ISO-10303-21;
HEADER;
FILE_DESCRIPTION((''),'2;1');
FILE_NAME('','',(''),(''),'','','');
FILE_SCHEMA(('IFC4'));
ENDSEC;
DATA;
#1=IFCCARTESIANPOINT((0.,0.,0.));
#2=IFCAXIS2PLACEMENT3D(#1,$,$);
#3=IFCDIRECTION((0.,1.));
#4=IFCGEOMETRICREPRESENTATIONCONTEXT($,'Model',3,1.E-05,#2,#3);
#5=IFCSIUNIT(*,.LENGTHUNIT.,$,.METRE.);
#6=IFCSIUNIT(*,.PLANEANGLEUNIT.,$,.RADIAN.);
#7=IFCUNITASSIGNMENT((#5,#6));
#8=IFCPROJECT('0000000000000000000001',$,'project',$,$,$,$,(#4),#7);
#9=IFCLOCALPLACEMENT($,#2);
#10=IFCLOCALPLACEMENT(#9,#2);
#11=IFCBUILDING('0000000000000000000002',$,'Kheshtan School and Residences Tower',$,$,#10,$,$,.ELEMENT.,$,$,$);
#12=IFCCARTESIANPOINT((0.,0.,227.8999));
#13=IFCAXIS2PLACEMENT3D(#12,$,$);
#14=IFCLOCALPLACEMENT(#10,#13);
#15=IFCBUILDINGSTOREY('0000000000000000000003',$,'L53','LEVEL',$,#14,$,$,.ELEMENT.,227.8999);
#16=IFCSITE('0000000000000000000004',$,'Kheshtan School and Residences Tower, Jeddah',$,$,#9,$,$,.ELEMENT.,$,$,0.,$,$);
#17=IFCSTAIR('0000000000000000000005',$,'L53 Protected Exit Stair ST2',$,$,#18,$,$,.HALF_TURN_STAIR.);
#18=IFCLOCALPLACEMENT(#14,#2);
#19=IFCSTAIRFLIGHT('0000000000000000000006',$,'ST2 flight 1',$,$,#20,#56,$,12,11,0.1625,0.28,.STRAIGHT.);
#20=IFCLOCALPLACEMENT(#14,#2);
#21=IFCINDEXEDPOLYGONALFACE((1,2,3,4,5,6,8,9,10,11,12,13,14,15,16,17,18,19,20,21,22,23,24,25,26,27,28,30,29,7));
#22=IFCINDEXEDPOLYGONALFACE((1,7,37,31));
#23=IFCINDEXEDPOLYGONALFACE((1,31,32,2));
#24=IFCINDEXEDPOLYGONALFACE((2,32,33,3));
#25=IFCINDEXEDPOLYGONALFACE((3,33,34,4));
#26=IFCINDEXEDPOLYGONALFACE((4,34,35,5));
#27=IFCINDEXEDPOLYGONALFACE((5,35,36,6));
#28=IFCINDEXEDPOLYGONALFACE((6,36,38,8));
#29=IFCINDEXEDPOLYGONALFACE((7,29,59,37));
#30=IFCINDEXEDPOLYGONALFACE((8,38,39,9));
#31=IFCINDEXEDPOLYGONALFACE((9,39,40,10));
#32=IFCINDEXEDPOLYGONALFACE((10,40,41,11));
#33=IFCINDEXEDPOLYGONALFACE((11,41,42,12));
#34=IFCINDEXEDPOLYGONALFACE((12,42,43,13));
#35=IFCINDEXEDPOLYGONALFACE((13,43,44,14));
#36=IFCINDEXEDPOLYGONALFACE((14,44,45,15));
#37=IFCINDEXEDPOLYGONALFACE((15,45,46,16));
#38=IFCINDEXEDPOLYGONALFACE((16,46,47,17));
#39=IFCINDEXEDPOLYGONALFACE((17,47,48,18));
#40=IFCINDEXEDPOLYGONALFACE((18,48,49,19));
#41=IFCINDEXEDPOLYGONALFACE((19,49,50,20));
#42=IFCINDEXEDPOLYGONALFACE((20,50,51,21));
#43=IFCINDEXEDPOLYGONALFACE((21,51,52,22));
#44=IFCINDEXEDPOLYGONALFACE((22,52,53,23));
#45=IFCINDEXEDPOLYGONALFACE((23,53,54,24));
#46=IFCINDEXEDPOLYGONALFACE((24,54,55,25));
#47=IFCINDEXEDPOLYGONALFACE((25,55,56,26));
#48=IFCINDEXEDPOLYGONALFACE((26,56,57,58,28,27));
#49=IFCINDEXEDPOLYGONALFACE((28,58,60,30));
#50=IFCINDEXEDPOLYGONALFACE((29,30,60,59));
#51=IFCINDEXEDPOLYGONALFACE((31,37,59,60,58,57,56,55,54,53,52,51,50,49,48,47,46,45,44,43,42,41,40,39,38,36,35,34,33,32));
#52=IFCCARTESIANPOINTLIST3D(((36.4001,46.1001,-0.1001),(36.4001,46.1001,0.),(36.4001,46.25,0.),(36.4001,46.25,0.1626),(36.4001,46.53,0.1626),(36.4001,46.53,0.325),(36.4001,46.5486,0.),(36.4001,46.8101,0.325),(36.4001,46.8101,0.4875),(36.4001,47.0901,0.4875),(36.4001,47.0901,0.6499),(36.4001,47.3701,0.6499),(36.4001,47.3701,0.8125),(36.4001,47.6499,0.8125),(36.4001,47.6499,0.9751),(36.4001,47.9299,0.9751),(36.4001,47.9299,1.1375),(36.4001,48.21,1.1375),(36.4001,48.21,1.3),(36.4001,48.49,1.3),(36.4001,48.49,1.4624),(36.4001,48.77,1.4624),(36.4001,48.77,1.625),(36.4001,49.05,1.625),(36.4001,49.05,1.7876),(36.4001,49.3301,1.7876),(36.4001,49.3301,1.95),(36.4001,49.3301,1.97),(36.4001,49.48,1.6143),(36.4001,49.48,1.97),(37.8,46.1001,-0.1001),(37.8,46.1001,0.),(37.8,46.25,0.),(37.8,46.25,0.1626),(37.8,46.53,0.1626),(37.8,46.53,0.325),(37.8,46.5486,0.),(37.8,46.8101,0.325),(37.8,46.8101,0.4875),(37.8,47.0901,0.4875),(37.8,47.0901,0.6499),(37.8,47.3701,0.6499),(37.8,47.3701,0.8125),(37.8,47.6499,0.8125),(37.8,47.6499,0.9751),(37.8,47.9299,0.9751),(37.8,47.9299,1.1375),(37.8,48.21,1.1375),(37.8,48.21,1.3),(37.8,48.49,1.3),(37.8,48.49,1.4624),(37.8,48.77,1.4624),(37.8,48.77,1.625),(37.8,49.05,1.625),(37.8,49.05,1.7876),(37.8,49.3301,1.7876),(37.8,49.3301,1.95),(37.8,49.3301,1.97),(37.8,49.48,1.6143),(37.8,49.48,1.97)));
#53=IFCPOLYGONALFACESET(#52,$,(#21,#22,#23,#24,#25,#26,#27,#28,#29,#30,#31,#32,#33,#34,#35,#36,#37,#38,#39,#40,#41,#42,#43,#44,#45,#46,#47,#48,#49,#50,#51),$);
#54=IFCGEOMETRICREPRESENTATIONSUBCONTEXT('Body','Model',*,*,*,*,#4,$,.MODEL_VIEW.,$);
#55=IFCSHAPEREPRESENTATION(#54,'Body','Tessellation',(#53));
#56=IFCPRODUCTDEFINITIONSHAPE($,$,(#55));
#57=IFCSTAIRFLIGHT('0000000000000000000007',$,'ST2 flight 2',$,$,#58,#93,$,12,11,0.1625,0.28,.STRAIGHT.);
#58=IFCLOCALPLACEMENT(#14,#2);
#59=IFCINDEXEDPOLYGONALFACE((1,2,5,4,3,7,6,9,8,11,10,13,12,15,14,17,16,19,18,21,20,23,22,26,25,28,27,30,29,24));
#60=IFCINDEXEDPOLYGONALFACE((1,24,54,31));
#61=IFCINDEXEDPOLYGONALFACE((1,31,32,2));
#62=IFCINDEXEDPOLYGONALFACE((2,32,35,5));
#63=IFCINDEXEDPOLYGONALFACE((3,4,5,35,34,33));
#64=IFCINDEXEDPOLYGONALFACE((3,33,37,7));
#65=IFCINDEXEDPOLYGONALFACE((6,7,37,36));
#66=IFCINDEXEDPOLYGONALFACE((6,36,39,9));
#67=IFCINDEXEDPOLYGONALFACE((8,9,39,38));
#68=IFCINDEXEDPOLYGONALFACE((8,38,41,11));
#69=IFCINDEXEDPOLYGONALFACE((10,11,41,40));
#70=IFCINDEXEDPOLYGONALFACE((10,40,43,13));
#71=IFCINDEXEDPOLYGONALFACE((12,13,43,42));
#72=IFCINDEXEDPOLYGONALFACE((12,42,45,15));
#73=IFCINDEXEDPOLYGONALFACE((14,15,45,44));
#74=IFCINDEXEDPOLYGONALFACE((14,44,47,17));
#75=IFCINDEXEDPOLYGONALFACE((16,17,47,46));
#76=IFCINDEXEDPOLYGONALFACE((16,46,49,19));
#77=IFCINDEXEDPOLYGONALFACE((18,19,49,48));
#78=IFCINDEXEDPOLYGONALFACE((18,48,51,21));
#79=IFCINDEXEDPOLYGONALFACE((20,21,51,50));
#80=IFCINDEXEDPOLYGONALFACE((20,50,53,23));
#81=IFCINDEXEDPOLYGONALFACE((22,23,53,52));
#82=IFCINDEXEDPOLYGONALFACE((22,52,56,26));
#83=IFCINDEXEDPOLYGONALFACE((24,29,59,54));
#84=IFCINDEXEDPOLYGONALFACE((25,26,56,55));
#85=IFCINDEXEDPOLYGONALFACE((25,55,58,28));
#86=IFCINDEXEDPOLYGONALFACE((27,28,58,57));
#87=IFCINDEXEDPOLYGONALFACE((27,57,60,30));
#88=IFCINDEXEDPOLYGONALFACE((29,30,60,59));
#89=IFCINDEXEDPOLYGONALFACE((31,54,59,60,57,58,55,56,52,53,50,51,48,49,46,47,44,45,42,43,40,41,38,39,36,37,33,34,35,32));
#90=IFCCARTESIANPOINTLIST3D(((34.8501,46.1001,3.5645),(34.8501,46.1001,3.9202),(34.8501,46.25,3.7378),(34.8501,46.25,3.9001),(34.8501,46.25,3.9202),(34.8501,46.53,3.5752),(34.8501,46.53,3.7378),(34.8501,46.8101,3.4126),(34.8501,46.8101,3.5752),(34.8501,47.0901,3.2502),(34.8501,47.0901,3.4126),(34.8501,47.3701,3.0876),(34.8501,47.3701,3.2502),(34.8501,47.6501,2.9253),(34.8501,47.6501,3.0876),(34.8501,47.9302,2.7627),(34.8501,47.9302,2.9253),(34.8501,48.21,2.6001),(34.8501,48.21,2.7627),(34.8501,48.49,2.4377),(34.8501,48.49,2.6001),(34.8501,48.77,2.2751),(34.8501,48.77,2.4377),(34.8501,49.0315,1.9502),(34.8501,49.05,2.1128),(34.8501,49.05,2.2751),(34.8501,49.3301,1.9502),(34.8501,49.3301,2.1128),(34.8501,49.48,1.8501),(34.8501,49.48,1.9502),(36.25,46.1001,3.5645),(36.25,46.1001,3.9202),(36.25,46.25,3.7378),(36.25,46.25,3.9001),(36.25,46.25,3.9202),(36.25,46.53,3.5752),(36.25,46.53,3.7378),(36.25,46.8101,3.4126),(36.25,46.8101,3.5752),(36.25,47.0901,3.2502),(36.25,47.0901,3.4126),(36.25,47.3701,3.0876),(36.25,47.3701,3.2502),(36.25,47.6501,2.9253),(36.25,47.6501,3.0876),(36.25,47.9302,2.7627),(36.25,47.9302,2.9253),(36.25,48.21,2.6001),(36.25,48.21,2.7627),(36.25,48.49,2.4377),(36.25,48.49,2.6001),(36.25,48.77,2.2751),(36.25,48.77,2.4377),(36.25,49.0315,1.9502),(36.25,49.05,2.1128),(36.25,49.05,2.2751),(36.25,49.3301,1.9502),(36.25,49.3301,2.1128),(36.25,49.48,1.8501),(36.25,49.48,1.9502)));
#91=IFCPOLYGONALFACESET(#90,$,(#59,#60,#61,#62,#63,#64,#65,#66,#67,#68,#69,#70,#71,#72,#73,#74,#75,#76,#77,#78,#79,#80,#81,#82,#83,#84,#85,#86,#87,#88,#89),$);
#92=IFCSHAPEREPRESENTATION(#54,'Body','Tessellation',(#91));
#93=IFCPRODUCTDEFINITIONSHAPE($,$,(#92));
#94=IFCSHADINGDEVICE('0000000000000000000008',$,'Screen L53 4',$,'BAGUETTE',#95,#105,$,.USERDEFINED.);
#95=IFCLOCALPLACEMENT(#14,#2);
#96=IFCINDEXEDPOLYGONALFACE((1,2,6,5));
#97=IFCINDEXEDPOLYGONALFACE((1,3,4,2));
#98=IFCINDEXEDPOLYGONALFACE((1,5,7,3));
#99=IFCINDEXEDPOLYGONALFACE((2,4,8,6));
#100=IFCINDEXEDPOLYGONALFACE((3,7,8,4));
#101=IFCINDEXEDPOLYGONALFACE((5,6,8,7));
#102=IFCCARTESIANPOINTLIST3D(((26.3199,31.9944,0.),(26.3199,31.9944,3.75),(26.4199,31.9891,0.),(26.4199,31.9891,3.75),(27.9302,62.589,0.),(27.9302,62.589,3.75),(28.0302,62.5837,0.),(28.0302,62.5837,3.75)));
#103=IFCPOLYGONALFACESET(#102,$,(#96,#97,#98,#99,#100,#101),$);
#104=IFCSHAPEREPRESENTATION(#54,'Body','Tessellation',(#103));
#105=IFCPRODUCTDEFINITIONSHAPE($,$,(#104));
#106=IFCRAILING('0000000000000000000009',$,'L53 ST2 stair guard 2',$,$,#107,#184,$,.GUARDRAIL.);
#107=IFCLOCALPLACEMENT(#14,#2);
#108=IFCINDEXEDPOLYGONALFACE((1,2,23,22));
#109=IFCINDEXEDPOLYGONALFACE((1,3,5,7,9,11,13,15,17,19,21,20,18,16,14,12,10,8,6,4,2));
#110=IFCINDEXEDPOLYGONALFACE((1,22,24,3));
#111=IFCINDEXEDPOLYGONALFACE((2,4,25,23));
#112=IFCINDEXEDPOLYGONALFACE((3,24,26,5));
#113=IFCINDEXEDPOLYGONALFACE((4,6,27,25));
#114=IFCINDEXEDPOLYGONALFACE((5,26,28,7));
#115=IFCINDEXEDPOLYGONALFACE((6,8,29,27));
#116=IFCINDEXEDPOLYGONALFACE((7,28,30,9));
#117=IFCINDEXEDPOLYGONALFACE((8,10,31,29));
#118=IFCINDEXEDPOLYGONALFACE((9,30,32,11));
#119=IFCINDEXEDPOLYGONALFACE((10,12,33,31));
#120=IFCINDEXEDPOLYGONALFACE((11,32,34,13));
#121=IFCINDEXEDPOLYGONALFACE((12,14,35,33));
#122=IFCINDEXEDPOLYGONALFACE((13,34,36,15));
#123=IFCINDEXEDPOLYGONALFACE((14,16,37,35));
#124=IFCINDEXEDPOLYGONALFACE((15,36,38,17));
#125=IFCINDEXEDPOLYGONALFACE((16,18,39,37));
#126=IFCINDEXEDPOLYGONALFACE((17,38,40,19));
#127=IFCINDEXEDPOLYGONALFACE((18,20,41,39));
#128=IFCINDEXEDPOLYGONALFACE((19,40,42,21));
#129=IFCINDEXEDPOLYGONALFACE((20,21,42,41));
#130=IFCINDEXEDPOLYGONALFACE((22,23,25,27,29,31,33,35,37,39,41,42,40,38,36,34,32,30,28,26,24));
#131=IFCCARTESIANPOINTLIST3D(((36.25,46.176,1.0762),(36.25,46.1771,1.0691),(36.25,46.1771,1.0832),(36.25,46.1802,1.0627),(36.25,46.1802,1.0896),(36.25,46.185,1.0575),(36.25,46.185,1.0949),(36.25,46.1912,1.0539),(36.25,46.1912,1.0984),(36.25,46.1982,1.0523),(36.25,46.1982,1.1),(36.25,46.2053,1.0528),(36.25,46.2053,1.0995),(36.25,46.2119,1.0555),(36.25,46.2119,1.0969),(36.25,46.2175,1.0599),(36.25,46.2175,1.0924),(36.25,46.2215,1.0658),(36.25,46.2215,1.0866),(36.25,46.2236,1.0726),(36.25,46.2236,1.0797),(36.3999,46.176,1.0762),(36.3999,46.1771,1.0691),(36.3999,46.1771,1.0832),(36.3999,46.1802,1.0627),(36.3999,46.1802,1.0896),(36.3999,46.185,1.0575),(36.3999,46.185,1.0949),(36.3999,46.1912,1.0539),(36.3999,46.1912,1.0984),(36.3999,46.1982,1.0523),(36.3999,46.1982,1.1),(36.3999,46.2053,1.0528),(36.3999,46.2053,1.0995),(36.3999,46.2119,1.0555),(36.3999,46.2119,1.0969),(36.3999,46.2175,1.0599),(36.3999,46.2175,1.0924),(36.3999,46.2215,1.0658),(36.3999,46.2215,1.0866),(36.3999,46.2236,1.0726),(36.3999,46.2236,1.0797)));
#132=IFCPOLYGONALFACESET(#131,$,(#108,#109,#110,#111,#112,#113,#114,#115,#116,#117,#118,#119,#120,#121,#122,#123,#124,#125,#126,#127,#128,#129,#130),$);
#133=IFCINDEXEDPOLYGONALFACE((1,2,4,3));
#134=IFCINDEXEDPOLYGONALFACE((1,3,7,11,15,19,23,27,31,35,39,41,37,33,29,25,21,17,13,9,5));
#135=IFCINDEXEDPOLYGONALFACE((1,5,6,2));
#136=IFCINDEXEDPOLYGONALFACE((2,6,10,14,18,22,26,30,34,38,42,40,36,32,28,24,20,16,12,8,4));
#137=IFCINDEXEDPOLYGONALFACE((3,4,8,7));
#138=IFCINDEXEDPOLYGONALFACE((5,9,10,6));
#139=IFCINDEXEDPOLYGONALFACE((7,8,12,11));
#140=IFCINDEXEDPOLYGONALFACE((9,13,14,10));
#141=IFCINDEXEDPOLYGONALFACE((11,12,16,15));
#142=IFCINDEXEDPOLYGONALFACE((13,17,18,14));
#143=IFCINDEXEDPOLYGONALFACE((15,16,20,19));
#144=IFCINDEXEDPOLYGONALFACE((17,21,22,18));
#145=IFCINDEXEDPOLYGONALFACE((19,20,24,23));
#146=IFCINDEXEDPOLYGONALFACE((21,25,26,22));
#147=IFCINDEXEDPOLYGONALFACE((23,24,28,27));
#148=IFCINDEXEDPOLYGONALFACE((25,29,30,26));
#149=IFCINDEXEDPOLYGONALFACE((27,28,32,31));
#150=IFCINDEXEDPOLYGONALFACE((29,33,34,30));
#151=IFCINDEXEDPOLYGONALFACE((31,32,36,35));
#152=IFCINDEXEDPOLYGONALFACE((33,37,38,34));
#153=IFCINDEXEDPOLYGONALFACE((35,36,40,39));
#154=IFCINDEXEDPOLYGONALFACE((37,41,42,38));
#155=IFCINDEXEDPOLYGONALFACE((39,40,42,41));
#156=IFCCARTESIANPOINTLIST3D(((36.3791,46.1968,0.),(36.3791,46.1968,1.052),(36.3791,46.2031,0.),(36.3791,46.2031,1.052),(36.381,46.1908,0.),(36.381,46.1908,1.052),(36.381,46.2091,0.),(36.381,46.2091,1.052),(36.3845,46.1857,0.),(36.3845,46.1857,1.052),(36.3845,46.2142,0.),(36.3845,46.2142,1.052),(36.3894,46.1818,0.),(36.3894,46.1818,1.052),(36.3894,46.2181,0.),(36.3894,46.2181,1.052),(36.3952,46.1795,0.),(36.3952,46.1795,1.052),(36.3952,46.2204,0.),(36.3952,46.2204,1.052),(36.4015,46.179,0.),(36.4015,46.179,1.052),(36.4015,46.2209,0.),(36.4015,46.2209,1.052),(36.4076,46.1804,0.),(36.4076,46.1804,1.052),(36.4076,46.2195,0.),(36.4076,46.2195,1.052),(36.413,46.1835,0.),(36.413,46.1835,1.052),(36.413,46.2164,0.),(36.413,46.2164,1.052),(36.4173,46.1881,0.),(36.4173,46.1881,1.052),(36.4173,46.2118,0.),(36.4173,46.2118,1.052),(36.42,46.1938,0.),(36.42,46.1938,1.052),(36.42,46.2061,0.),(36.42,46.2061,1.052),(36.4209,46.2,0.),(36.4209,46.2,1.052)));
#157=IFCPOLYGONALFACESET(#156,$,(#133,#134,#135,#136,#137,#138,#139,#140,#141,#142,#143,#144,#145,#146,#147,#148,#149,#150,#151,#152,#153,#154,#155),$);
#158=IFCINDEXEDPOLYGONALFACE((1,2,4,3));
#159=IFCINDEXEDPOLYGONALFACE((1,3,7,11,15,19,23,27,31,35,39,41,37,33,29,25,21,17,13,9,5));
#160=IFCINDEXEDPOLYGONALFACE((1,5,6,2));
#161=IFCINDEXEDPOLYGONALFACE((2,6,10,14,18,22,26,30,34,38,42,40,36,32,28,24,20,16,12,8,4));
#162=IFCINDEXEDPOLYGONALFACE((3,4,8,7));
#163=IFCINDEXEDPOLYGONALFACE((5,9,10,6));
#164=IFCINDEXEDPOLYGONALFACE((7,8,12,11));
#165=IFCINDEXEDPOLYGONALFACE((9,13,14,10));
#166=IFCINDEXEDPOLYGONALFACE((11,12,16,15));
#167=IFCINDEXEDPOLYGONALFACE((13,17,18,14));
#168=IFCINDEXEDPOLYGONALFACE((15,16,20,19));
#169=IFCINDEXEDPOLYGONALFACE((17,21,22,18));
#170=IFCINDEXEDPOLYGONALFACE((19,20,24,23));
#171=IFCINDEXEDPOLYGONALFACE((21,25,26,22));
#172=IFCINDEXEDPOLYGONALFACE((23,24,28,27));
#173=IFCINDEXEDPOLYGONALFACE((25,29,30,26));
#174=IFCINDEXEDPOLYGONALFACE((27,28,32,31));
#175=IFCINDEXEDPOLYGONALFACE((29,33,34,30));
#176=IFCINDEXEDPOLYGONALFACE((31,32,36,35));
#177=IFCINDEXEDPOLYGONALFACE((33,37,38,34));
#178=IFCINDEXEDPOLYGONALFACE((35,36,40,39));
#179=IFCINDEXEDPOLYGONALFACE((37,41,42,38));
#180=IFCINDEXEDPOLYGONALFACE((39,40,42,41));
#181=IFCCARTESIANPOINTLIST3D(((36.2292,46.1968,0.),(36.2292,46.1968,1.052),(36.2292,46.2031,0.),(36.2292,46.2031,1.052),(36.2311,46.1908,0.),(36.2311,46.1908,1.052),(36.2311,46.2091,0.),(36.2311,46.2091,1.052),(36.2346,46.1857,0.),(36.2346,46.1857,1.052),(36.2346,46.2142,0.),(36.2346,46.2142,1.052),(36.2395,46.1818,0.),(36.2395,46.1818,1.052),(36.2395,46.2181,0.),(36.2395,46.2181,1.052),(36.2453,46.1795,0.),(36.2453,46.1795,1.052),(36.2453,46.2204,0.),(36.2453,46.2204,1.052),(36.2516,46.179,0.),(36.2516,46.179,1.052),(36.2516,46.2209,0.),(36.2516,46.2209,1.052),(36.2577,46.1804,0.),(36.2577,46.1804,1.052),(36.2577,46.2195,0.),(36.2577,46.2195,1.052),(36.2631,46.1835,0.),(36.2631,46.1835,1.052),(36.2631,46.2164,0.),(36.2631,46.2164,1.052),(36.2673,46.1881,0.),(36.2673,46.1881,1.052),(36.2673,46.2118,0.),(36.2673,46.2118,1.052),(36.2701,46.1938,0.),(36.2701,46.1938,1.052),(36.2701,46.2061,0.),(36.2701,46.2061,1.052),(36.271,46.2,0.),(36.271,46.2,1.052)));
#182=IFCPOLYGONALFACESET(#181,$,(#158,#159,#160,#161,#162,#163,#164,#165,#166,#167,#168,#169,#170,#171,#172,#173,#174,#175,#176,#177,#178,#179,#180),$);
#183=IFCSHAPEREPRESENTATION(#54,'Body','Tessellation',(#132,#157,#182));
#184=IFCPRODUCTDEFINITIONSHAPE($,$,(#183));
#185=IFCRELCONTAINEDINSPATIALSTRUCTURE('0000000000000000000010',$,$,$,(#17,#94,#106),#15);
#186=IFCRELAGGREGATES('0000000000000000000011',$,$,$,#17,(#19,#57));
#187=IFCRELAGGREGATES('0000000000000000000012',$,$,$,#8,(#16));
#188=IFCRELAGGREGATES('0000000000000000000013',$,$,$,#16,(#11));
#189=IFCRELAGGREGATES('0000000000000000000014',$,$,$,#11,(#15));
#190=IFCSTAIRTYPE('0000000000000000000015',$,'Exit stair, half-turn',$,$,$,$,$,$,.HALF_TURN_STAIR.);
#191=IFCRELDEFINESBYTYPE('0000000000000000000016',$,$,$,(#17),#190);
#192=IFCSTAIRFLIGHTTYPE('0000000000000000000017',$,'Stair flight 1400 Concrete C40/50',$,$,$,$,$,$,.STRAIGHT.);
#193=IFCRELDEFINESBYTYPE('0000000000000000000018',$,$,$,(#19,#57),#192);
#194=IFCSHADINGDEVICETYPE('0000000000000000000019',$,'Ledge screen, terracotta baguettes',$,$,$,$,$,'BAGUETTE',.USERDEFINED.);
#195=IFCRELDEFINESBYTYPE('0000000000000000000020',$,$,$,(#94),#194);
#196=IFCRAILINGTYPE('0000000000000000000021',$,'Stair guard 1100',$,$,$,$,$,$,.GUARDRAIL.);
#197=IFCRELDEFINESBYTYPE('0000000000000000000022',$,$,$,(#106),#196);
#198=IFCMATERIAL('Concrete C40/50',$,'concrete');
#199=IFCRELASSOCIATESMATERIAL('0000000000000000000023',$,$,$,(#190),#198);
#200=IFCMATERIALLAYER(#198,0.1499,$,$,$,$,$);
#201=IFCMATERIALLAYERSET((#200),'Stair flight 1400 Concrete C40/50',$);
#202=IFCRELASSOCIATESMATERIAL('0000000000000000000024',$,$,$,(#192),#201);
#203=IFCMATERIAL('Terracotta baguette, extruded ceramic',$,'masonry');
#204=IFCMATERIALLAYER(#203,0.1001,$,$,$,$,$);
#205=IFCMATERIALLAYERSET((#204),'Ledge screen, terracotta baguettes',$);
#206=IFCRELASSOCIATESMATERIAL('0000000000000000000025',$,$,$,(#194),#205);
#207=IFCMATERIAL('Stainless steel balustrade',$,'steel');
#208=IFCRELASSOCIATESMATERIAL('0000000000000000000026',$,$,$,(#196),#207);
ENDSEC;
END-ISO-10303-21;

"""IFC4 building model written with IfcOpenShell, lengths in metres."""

from ifc_helpers import new_model, si_unit, direction, frame, origin, origin_2d, place, context, subcontext, project, spatial, polyline, rectangle, circle, outline, extrude, material, layer, layer_set, type_object, element, aggregate, save


model = new_model("IFC4")

# Units and contexts
model_context = context("Model", 3, precision=1e-05, world=origin(), true_north=direction((0.0, 1.0)))
body_context = subcontext(model_context, "Body", "Model", "MODEL_VIEW")
ifc_project = project(units=[si_unit("LENGTHUNIT", "METRE"), si_unit("PLANEANGLEUNIT", "RADIAN")], contexts=[model_context])

# Site, building, storey
site_placement = place(None, origin())
site = spatial("IfcSite", under=ifc_project, at=site_placement, Name="Kheshtan School and Residences Tower, Jeddah", CompositionType="ELEMENT", RefElevation=0.0)
building_placement = place(site_placement, origin())
building = spatial("IfcBuilding", under=site, at=building_placement, Name="Kheshtan School and Residences Tower", CompositionType="ELEMENT")
storey_placement = place(building_placement, frame((0.0, 0.0, 227.8999)))
storey = spatial("IfcBuildingStorey", under=building, at=storey_placement, Name="L53", Description="LEVEL", CompositionType="ELEMENT", Elevation=227.8999)

# Shared definitions
ifc_material_1 = material(Name="Concrete C40/50", Category="concrete")

# Stair, stair flights
stair_type = type_object("IfcStairType", Name="Exit stair, half-turn", PredefinedType="HALF_TURN_STAIR", material=ifc_material_1)
stair_placement = place(storey_placement, origin())
stair = element("IfcStair", 1, at=stair_placement, inside=storey, type_object=stair_type, Name="L53 Protected Exit Stair ST2", PredefinedType="HALF_TURN_STAIR")
ifc_layer_1 = layer(ifc_material_1, 0.1499)
ifc_layer_set_1 = layer_set([ifc_layer_1], Name="Stair flight 1400 Concrete C40/50")
stair_flight_type = type_object("IfcStairFlightType", Name="Stair flight 1400 Concrete C40/50", PredefinedType="STRAIGHT", material=ifc_layer_set_1)
stair_flight_1_placement = place(storey_placement, frame((37.1001, 46.25, 0.0), z_axis=(0.0, 0.0, 1.0), x_axis=(0.0, 1.0, 0.0)))
stair_flight_1 = element("IfcStairFlight", 2, at=stair_flight_1_placement, type_object=stair_flight_type, Name="ST2 flight 1", NumberOfRisers=12, NumberOfTreads=11, PredefinedType="STRAIGHT", RiserHeight=0.1625, TreadLength=0.28, context=body_context, shape_type="SweptSolid", body=[
    extrude(outline(polyline([(-0.1499, -0.1001), (-0.1499, 0.0), (0.0, 0.0), (0.0, 0.1626), (0.28, 0.1626), (0.28, 0.325), (0.5601, 0.325), (0.5601, 0.4875), (0.8401, 0.4875), (0.8401, 0.6499), (1.1201, 0.6499), (1.1201, 0.8125), (1.3999, 0.8125), (1.3999, 0.9751), (1.6799, 0.9751), (1.6799, 1.1375), (1.96, 1.1375), (1.96, 1.3), (2.24, 1.3), (2.24, 1.4624), (2.52, 1.4624), (2.52, 1.625), (2.8, 1.625), (2.8, 1.7876), (3.0801, 1.7876), (3.0801, 1.95), (3.0801, 1.97), (3.23, 1.97), (3.23, 1.6143), (0.2986, 0.0), (-0.1499, -0.1001)])), frame((0.0, 0.7, 0.0), z_axis=(0.0, -1.0, 0.0), x_axis=(1.0, 0.0, 0.0)), (0.0, 0.0, 1.0), 1.3999),
])
stair_flight_2_placement = place(storey_placement, frame((35.55, 49.3301, 1.9502), z_axis=(0.0, 0.0, 1.0), x_axis=(0.0, -1.0, 0.0)))
stair_flight_2 = element("IfcStairFlight", 3, at=stair_flight_2_placement, type_object=stair_flight_type, Name="ST2 flight 2", NumberOfRisers=12, NumberOfTreads=11, PredefinedType="STRAIGHT", RiserHeight=0.1625, TreadLength=0.28, context=body_context, shape_type="SweptSolid", body=[
    extrude(outline(polyline([(-0.1499, -0.1001), (-0.1499, 0.0), (0.0, 0.0), (0.0, 0.1626), (0.28, 0.1626), (0.28, 0.325), (0.5601, 0.325), (0.5601, 0.4875), (0.8401, 0.4875), (0.8401, 0.6499), (1.1201, 0.6499), (1.1201, 0.8125), (1.3999, 0.8125), (1.3999, 0.9751), (1.6799, 0.9751), (1.6799, 1.1375), (1.96, 1.1375), (1.96, 1.3), (2.24, 1.3), (2.24, 1.4624), (2.52, 1.4624), (2.52, 1.625), (2.8, 1.625), (2.8, 1.7876), (3.0801, 1.7876), (3.0801, 1.95), (3.0801, 1.97), (3.23, 1.97), (3.23, 1.6143), (0.2986, 0.0), (-0.1499, -0.1001)])), frame((0.0, 0.7, 0.0), z_axis=(0.0, -1.0, 0.0), x_axis=(1.0, 0.0, 0.0)), (0.0, 0.0, 1.0), 1.3999),
])
aggregate(stair, [stair_flight_1, stair_flight_2])

# Shading device
ifc_material_2 = material(Name="Terracotta baguette, extruded ceramic", Category="masonry")
ifc_layer_2 = layer(ifc_material_2, 0.1001)
ifc_layer_set_2 = layer_set([ifc_layer_2], Name="Ledge screen, terracotta baguettes")
shading_device_type = type_object("IfcShadingDeviceType", Name="Ledge screen, terracotta baguettes", ElementType="BAGUETTE", PredefinedType="USERDEFINED", material=ifc_layer_set_2)
shading_device_placement = place(storey_placement, frame((27.175, 47.2891, 0.0), z_axis=(0.0, 0.0, 1.0), x_axis=(0.052563, 0.998618, 0.0)))
element("IfcShadingDevice", 4, at=shading_device_placement, inside=storey, type_object=shading_device_type, Name="Screen L53 4", ObjectType="BAGUETTE", PredefinedType="USERDEFINED", context=body_context, shape_type="SweptSolid", body=[
    extrude(rectangle(XDim=30.637, YDim=0.1001, at=origin_2d()), origin(), (0.0, 0.0, 1.0), 3.75),
])

# Railing
ifc_material_3 = material(Name="Stainless steel balustrade", Category="steel")
railing_type_1 = type_object("IfcRailingType", Name="Stair guard 1100", PredefinedType="GUARDRAIL", material=ifc_material_3)
railing_1_placement = place(storey_placement, frame((36.3999, 46.2, 0.0)))
element("IfcRailing", 5, at=railing_1_placement, inside=storey, type_object=railing_type_1, Name="L53 ST2 stair guard 2", PredefinedType="GUARDRAIL", context=body_context, shape_type="SweptSolid", body=[
    extrude(circle(Radius=0.0239, at=origin_2d()), frame((0.0, 0.0, 1.0762), z_axis=(-1.0, 0.0, 0.0), x_axis=(0.0, -1.0, 0.0)), (0.0, 0.0, 1.0), 0.1499),
    extrude(circle(Radius=0.021, at=origin_2d()), origin(), (0.0, 0.0, 1.0), 1.052),
    extrude(circle(Radius=0.021, at=origin_2d()), frame((-0.1499, 0.0, 0.0)), (0.0, 0.0, 1.0), 1.052),
])

save(model, "model.ifc")
